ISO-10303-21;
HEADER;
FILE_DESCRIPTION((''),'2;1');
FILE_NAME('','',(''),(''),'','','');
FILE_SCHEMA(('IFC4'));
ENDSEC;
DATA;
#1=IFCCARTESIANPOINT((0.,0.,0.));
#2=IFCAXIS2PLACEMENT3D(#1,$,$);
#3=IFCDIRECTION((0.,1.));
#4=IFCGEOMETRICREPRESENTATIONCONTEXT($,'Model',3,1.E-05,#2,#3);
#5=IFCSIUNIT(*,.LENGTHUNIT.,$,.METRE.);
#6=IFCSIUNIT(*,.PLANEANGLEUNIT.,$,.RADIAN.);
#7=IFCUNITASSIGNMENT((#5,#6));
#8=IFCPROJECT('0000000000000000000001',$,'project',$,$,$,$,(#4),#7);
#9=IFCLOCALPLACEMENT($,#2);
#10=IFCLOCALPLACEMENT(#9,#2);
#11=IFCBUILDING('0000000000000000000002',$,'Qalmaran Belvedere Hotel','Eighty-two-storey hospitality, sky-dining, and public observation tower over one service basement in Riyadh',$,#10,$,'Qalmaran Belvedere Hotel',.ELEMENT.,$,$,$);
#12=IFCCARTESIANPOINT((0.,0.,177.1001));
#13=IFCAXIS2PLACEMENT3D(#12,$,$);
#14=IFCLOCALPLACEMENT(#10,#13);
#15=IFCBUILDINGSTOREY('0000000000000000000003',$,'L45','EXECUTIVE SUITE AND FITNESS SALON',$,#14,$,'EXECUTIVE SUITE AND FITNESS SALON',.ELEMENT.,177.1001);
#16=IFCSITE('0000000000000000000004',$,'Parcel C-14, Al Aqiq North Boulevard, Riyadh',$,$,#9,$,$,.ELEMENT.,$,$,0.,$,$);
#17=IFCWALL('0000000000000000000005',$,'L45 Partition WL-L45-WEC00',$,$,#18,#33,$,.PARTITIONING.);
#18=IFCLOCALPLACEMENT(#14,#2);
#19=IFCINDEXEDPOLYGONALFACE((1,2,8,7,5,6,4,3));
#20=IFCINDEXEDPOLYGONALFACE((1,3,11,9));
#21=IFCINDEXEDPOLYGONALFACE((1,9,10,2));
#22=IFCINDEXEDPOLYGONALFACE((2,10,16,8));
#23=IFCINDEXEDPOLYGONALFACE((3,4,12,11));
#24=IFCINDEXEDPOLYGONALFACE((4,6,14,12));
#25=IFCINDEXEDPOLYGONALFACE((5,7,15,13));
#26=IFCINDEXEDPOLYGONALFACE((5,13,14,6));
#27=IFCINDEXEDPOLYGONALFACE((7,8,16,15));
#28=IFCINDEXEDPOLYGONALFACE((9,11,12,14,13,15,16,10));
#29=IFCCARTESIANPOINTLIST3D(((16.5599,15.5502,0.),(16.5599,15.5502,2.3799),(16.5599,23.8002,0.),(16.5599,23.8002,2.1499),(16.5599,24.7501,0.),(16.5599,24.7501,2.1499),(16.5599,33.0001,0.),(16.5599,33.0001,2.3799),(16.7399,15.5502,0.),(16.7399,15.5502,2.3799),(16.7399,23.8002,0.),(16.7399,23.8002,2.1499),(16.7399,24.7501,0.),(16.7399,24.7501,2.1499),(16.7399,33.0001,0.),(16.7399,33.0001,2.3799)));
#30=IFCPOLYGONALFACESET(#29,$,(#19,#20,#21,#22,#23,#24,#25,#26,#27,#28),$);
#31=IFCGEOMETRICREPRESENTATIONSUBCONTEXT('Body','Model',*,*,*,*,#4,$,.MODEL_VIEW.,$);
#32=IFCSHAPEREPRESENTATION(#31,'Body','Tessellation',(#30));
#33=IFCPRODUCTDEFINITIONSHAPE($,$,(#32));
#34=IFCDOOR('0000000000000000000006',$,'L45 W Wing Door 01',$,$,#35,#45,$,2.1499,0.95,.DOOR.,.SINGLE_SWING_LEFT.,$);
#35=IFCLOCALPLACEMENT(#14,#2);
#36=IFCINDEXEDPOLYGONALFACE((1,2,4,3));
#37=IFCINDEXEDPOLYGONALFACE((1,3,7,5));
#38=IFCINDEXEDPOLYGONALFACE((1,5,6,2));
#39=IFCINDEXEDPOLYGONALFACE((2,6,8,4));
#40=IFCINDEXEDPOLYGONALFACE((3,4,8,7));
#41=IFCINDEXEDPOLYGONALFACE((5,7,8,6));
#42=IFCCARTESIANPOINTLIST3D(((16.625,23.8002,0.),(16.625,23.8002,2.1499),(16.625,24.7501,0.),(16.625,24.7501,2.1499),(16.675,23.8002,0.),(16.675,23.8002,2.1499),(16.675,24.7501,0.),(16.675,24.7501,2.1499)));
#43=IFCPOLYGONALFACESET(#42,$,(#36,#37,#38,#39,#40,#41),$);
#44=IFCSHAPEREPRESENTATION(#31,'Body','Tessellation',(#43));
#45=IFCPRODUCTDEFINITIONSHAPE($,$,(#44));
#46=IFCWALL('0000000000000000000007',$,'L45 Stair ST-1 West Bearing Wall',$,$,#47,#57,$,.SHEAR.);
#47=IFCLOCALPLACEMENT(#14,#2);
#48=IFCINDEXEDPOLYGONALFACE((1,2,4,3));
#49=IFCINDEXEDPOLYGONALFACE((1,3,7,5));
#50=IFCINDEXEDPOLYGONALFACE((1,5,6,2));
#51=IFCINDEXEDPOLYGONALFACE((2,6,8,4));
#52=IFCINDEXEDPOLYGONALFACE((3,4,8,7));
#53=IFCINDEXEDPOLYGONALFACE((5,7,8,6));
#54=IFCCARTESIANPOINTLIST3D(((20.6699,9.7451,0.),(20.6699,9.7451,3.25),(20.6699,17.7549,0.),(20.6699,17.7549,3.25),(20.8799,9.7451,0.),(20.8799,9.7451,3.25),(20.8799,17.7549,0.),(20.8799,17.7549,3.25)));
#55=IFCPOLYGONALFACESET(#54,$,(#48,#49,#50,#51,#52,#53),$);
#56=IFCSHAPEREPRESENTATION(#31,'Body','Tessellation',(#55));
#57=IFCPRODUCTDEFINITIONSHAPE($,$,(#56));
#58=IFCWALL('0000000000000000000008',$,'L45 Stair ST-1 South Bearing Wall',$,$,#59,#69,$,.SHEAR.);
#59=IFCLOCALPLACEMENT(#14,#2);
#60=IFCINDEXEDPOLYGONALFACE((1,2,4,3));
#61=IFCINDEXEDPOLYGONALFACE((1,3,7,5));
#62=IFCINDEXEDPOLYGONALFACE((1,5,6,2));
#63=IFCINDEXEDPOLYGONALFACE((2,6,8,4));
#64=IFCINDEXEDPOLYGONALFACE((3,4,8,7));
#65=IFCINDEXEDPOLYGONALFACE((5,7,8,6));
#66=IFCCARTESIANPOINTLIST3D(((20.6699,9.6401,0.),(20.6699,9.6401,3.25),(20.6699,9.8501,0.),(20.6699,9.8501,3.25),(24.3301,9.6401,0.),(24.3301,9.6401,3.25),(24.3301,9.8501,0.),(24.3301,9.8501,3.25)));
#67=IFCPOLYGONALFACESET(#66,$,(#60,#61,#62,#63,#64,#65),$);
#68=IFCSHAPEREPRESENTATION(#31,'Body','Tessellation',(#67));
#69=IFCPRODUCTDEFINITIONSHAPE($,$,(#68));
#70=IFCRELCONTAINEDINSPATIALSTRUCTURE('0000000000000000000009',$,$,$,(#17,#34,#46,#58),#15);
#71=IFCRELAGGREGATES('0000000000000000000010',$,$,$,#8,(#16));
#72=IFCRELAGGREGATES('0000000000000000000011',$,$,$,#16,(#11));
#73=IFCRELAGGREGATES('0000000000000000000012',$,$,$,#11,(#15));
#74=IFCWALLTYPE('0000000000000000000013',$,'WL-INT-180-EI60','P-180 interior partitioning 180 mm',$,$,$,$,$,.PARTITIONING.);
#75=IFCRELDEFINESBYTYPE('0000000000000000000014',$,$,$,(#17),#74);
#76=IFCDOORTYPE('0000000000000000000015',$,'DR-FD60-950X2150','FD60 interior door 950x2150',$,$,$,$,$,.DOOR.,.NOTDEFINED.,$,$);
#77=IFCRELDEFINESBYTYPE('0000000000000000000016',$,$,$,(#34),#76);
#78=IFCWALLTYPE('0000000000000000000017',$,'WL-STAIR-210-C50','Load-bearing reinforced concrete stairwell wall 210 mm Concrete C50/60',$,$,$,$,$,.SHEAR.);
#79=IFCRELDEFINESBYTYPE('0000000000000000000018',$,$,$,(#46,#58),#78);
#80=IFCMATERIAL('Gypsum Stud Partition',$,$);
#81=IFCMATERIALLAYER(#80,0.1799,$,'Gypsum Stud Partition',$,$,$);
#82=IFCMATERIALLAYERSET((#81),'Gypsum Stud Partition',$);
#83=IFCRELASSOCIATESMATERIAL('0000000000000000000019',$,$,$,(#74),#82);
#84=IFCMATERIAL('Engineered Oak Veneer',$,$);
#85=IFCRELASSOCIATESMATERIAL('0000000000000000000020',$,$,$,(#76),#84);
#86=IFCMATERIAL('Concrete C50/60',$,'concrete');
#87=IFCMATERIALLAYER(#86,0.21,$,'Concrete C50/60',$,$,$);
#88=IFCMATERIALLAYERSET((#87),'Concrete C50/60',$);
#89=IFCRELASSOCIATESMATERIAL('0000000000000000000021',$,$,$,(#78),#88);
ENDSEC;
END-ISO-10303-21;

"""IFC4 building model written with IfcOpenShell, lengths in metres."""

from ifc_helpers import new_model, si_unit, direction, frame, frame_2d, origin, place, context, subcontext, project, spatial, rectangle, extrude, material, layer, layer_set, type_object, element, fill, save


model = new_model("IFC4")

# Units and contexts
model_context = context("Model", 3, precision=1e-05, world=origin(), true_north=direction((0.0, 1.0)))
body_context = subcontext(model_context, "Body", "Model", "MODEL_VIEW")
ifc_project = project(units=[si_unit("LENGTHUNIT", "METRE"), si_unit("PLANEANGLEUNIT", "RADIAN")], contexts=[model_context])

# Site, building, storey
site_placement = place(None, origin())
site = spatial("IfcSite", under=ifc_project, at=site_placement, Name="Parcel C-14, Al Aqiq North Boulevard, Riyadh", CompositionType="ELEMENT", RefElevation=0.0)
building_placement = place(site_placement, origin())
building = spatial("IfcBuilding", under=site, at=building_placement, Name="Qalmaran Belvedere Hotel", Description="Eighty-two-storey hospitality, sky-dining, and public observation tower over one service basement in Riyadh", LongName="Qalmaran Belvedere Hotel", CompositionType="ELEMENT")
storey_placement = place(building_placement, frame((0.0, 0.0, 177.1001)))
storey = spatial("IfcBuildingStorey", under=building, at=storey_placement, Name="L45", Description="EXECUTIVE SUITE AND FITNESS SALON", LongName="EXECUTIVE SUITE AND FITNESS SALON", CompositionType="ELEMENT", Elevation=177.1001)

# Shared definitions
ifc_material_1 = material(Name="Concrete C50/60", Category="concrete")

# Shared definitions
ifc_material_2 = material(Name="Gypsum Stud Partition")

# Shared definitions
ifc_material_3 = material(Name="Engineered Oak Veneer")

# Shared definitions
ifc_layer_1 = layer(ifc_material_2, 0.1799, Name="Gypsum Stud Partition")
ifc_layer_set_1 = layer_set([ifc_layer_1], Name="Gypsum Stud Partition")
wall_type_1 = type_object("IfcWallType", Name="WL-INT-180-EI60", Description="P-180 interior partitioning 180 mm", PredefinedType="PARTITIONING", material=ifc_layer_set_1)

# Wall, opening, door
wall_1_placement = place(storey_placement, frame((16.6499, 15.55, 0.0), z_axis=(0.0, 0.0, 1.0), x_axis=(0.0, 1.0, 0.0)))
wall_1 = element("IfcWall", 1, at=wall_1_placement, inside=storey, type_object=wall_type_1, Name="L45 Partition WL-L45-WEC00", PredefinedType="PARTITIONING", context=body_context, shape_type="SweptSolid", body=[
    extrude(rectangle(XDim=17.45, YDim=0.1799, at=frame_2d((8.7251, 0.0))), origin(), (0.0, 0.0, 1.0), 2.3799),
])
opening_1_placement = place(wall_1_placement, frame((8.25, 0.0, 0.0)))
opening_1 = element("IfcOpeningElement", 2, at=opening_1_placement, cuts=wall_1, PredefinedType="OPENING", context=body_context, shape_type="SweptSolid", body=[
    extrude(rectangle(XDim=0.95, YDim=2.1499, at=frame_2d((0.4751, 1.075))), frame((0.0, 0.1001, 0.0), z_axis=(0.0, -1.0, 0.0), x_axis=(1.0, 0.0, 0.0)), (0.0, 0.0, 1.0), 0.2),
])
door_type_1 = type_object("IfcDoorType", Name="DR-FD60-950X2150", Description="FD60 interior door 950x2150", OperationType="NOTDEFINED", PredefinedType="DOOR", material=ifc_material_3)
door_1_placement = place(opening_1_placement, origin())
door_1 = element("IfcDoor", 3, at=door_1_placement, inside=storey, type_object=door_type_1, Name="L45 W Wing Door 01", OperationType="SINGLE_SWING_LEFT", OverallHeight=2.1499, OverallWidth=0.95, PredefinedType="DOOR", context=body_context, shape_type="SweptSolid", body=[
    extrude(rectangle(XDim=0.95, YDim=2.1499, at=frame_2d((0.4751, 1.075))), frame((0.0, 0.0249, 0.0), z_axis=(0.0, -1.0, 0.0), x_axis=(1.0, 0.0, 0.0)), (0.0, 0.0, 1.0), 0.05),
])
fill(opening_1, door_1)

# Walls
ifc_layer_2 = layer(ifc_material_1, 0.21, Name="Concrete C50/60")
ifc_layer_set_2 = layer_set([ifc_layer_2], Name="Concrete C50/60")
wall_type_2 = type_object("IfcWallType", Name="WL-STAIR-210-C50", Description="Load-bearing reinforced concrete stairwell wall 210 mm Concrete C50/60", PredefinedType="SHEAR", material=ifc_layer_set_2)
wall_2_placement = place(storey_placement, frame((20.7749, 9.7451, 0.0), z_axis=(0.0, 0.0, 1.0), x_axis=(0.0, 1.0, 0.0)))
element("IfcWall", 4, at=wall_2_placement, inside=storey, type_object=wall_type_2, Name="L45 Stair ST-1 West Bearing Wall", PredefinedType="SHEAR", context=body_context, shape_type="SweptSolid", body=[
    extrude(rectangle(XDim=8.0098, YDim=0.21, at=frame_2d((4.0049, 0.0))), origin(), (0.0, 0.0, 1.0), 3.25),
])
wall_3_placement = place(storey_placement, frame((20.6699, 9.7451, 0.0), z_axis=(0.0, 0.0, 1.0), x_axis=(1.0, 0.0, 0.0)))
element("IfcWall", 5, at=wall_3_placement, inside=storey, type_object=wall_type_2, Name="L45 Stair ST-1 South Bearing Wall", PredefinedType="SHEAR", context=body_context, shape_type="SweptSolid", body=[
    extrude(rectangle(XDim=3.6602, YDim=0.21, at=frame_2d((1.8301, 0.0))), origin(), (0.0, 0.0, 1.0), 3.25),
])

save(model, "model.ifc")
